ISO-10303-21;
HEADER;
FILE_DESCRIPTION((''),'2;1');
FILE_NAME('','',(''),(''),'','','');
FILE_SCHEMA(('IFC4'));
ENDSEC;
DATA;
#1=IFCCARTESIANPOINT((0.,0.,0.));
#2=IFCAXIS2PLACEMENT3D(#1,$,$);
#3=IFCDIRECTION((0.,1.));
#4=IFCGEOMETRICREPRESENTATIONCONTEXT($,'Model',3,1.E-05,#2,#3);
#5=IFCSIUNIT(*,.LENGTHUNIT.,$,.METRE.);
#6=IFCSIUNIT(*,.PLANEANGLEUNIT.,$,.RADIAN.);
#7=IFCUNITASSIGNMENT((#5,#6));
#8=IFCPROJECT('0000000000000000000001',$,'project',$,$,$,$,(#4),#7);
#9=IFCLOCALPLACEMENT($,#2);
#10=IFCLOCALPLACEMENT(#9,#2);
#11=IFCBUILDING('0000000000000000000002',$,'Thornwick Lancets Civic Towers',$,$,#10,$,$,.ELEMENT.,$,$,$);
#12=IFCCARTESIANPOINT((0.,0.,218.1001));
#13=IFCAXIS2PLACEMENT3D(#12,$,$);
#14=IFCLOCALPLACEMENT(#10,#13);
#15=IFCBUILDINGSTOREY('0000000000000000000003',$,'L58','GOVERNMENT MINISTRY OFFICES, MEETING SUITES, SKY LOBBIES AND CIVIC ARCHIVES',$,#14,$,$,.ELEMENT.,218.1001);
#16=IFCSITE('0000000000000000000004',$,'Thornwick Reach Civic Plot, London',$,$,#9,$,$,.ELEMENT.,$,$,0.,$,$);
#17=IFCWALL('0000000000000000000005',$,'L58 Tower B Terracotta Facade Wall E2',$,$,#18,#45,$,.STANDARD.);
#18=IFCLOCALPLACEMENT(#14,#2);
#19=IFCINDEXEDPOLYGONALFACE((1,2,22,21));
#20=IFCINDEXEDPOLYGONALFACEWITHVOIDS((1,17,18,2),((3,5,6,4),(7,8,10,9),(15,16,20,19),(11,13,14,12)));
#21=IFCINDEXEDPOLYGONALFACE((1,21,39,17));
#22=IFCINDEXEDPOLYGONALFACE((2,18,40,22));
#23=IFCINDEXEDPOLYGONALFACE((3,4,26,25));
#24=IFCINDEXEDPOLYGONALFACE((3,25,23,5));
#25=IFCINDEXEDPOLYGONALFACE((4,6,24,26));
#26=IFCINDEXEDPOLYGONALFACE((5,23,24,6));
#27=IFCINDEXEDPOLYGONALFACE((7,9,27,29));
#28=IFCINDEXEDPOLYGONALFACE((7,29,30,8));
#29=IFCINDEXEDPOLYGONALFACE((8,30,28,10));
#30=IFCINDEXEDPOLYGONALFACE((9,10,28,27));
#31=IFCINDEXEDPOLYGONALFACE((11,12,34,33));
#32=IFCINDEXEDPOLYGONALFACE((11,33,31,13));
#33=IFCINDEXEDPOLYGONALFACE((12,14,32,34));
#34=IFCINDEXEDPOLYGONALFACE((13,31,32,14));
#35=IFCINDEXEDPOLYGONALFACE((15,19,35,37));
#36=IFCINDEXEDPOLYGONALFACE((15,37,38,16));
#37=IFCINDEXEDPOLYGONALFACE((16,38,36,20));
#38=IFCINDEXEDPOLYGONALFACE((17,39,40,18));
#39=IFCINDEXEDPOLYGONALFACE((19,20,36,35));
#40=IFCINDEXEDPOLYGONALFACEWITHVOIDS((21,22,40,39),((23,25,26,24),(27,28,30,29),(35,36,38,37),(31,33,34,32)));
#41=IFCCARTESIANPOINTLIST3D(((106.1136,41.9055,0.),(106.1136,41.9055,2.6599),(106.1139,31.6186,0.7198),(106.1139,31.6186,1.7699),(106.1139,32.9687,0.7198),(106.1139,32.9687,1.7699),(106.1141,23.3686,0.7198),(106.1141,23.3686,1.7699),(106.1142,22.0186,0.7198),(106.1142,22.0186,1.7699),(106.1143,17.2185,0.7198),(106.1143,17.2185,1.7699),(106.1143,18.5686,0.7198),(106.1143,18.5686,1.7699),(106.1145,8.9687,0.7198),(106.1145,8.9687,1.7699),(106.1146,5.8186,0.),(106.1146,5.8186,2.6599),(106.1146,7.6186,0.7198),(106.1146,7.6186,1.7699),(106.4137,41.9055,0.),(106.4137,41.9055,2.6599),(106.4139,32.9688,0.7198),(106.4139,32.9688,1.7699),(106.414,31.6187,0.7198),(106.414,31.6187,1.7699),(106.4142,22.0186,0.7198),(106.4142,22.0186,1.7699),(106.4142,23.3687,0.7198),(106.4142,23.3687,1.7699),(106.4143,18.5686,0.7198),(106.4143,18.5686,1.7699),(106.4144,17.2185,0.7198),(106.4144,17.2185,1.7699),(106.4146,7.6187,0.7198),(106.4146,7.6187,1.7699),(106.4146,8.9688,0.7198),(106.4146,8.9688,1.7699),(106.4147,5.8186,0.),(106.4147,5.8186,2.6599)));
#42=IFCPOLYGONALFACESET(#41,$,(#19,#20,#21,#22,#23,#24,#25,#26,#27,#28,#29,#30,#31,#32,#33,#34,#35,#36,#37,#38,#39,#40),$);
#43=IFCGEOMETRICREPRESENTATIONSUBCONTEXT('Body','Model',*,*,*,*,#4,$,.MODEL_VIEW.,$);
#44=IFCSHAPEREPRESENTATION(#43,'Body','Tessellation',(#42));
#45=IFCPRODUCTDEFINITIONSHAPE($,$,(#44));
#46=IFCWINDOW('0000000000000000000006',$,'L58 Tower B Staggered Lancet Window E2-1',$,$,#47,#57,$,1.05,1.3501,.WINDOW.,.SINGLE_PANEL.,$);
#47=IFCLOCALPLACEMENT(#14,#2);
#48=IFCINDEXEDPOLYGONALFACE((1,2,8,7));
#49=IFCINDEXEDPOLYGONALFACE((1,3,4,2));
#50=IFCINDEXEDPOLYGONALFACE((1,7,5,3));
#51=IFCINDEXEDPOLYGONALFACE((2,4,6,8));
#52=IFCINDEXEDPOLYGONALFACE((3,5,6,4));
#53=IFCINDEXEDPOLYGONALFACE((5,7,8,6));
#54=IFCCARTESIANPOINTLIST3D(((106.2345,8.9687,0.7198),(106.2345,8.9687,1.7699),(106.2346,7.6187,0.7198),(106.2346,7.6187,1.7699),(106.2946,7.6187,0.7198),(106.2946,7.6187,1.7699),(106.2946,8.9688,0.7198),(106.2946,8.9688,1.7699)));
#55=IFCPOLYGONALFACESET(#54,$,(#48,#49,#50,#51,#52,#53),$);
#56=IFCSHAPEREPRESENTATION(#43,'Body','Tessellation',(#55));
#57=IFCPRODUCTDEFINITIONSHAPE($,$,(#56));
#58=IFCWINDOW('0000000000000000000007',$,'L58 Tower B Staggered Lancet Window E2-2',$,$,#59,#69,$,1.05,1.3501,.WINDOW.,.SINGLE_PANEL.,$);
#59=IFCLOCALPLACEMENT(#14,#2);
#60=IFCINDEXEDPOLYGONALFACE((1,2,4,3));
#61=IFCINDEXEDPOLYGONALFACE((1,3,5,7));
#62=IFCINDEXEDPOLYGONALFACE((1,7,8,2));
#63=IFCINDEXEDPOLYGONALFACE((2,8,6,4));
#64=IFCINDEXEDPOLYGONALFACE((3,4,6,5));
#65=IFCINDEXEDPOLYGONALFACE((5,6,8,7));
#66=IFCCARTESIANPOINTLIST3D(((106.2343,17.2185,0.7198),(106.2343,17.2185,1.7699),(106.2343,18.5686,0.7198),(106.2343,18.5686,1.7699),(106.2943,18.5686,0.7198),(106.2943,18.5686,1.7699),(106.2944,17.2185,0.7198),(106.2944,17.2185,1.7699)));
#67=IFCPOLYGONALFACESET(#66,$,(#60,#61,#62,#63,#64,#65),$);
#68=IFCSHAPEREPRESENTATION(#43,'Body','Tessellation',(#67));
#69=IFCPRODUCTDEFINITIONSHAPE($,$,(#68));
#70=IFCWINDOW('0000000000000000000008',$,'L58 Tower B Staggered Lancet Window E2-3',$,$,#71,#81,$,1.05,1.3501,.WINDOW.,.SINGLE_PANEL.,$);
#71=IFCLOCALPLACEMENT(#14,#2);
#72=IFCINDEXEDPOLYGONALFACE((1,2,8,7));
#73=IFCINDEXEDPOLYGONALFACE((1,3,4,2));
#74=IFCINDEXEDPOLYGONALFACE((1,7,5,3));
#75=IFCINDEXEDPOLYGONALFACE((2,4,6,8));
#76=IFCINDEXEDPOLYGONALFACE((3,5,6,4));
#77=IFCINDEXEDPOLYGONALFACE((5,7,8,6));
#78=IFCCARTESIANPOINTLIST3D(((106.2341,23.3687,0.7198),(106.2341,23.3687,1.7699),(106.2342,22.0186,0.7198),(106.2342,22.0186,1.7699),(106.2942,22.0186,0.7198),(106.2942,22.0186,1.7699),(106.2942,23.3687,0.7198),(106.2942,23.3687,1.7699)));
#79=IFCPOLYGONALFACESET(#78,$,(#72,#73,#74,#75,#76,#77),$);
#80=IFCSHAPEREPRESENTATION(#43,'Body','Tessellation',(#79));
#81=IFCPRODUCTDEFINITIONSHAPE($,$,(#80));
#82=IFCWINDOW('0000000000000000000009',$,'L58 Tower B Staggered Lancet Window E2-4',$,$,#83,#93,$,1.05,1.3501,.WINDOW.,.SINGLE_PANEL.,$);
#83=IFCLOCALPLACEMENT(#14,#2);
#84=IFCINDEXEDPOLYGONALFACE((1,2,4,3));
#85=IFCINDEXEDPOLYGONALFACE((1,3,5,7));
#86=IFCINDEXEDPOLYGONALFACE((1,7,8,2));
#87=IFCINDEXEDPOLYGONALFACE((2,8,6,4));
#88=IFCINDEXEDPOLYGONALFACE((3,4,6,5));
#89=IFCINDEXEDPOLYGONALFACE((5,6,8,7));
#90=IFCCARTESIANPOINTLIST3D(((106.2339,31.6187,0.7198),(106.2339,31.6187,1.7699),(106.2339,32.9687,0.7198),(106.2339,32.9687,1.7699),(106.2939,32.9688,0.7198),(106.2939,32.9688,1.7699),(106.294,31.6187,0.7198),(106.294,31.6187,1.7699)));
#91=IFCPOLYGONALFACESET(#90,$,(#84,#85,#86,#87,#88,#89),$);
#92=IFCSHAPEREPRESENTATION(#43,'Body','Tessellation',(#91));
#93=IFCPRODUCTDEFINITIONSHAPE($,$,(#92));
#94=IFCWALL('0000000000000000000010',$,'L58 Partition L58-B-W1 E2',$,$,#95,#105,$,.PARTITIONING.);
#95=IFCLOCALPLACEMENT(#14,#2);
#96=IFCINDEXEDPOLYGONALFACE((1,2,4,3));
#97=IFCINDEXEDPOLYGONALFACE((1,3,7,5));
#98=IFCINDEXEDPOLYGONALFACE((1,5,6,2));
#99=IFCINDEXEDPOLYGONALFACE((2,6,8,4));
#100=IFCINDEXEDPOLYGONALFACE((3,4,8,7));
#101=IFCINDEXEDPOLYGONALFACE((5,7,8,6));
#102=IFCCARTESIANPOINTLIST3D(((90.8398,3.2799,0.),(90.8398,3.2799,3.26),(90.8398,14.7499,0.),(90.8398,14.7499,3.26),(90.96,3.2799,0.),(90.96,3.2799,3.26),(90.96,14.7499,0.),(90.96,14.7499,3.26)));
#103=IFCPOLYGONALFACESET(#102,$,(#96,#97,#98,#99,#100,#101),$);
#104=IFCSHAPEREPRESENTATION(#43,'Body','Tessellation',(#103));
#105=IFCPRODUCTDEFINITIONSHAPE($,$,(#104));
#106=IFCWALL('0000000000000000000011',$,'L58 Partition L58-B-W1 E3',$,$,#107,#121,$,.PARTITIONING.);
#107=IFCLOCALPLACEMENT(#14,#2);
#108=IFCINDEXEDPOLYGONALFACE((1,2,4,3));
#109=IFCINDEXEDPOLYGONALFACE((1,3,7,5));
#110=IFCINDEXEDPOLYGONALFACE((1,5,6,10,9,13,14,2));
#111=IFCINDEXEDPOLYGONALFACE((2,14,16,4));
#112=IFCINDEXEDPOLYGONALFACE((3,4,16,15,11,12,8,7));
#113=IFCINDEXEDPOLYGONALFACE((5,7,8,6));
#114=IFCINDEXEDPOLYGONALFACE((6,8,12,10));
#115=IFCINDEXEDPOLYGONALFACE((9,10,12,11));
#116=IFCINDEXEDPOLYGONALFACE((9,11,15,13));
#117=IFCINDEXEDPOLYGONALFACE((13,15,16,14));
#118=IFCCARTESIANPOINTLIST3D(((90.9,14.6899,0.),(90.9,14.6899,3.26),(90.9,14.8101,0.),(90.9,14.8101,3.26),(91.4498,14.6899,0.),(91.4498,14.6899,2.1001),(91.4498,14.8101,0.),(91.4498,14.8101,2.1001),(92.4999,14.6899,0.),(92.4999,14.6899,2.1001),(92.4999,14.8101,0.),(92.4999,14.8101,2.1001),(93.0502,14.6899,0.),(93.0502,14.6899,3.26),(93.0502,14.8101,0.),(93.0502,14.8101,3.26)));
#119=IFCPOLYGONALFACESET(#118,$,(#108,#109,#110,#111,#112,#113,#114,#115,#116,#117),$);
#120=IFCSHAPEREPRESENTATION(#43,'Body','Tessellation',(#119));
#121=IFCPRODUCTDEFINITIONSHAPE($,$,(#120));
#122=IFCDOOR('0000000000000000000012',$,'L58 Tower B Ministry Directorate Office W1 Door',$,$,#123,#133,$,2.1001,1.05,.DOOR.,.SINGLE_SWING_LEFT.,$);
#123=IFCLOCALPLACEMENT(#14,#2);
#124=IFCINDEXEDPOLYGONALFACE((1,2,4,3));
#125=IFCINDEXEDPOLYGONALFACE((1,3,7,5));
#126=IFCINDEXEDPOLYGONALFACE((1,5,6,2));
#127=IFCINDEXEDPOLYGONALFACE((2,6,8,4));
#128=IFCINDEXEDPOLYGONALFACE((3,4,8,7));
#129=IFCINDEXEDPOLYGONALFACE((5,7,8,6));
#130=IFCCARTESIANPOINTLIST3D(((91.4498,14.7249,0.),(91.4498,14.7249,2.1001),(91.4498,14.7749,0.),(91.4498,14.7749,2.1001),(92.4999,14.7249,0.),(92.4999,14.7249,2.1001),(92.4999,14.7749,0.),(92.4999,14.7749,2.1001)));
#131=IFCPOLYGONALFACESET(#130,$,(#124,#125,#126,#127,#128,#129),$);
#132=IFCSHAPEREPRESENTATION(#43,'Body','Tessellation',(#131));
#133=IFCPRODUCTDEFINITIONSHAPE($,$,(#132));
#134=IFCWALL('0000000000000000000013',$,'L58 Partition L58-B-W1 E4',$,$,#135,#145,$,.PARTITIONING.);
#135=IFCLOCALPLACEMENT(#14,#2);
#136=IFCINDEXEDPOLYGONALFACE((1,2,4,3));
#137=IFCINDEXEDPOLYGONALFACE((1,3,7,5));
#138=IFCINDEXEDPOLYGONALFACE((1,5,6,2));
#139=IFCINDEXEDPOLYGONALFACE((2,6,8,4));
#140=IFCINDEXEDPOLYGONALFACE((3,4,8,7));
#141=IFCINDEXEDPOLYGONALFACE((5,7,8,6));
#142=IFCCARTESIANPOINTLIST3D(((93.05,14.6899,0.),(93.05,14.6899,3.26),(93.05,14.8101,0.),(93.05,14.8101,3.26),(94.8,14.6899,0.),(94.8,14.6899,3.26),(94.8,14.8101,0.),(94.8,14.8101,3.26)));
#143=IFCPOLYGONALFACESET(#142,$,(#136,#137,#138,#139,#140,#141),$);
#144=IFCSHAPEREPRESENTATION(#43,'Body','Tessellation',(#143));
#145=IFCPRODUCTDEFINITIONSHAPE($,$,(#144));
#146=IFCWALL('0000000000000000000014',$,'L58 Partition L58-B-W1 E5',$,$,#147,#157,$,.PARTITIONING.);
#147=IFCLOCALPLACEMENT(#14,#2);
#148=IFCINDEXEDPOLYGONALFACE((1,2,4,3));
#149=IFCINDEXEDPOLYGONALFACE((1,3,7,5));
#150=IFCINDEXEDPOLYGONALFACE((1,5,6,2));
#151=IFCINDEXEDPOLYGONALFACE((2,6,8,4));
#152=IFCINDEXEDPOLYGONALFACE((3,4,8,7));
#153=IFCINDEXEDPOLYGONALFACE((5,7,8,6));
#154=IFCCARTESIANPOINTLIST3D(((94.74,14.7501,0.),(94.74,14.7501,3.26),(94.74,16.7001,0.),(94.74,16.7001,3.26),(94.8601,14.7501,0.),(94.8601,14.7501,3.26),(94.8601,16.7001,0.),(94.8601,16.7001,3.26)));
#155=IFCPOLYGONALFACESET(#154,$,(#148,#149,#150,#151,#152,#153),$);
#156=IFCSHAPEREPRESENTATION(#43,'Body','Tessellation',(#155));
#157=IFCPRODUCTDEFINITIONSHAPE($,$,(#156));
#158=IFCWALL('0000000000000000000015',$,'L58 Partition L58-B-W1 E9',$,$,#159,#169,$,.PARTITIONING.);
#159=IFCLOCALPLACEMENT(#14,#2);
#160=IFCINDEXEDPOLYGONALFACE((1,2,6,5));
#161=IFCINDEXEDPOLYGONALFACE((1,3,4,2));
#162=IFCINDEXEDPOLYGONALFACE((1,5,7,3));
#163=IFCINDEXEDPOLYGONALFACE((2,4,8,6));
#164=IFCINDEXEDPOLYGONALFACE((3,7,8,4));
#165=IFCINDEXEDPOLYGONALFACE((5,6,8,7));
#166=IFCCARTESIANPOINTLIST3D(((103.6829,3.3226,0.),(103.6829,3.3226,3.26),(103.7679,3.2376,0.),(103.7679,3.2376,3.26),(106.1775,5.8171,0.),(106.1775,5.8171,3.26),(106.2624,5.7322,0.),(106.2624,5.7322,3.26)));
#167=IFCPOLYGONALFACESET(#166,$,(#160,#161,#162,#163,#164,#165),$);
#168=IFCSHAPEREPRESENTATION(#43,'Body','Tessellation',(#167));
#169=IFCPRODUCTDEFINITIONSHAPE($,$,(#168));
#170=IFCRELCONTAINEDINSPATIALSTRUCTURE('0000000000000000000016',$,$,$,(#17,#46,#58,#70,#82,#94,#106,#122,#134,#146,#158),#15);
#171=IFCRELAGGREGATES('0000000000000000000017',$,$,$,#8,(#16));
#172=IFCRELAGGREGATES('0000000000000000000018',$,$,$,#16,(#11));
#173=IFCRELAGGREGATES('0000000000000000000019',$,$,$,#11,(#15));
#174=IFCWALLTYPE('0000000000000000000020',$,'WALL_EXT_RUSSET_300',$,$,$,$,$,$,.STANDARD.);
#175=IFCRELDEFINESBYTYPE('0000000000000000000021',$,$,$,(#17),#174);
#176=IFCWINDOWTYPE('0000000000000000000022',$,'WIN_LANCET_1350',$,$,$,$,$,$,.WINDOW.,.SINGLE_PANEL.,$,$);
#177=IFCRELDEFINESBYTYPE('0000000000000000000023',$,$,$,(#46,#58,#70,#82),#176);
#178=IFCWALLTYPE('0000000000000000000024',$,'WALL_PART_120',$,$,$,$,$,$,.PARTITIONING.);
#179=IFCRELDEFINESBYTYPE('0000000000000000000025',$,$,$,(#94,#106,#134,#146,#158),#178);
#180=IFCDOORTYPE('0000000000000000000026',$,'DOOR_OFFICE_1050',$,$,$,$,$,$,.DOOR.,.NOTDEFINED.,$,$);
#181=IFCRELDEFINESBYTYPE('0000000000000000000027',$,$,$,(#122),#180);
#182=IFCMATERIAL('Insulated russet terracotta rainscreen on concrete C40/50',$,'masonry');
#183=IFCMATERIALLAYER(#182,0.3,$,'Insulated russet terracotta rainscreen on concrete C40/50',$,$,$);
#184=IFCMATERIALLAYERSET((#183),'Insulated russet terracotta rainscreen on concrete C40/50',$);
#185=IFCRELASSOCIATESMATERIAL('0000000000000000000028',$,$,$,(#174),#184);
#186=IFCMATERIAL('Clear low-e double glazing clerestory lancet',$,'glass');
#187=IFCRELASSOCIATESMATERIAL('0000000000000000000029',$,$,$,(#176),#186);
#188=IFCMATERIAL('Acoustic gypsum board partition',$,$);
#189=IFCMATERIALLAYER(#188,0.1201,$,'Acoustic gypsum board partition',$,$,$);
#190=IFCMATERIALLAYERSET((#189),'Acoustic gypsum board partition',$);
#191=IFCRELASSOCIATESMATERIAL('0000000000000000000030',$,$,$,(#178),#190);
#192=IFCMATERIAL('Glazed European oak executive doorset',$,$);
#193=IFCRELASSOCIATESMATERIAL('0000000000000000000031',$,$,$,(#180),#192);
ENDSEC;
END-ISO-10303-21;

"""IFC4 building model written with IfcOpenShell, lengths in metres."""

from ifc_helpers import new_model, si_unit, direction, frame, frame_2d, origin, place, context, subcontext, project, spatial, rectangle, extrude, material, layer, layer_set, type_object, element, fill, save


model = new_model("IFC4")

# Units and contexts
model_context = context("Model", 3, precision=1e-05, world=origin(), true_north=direction((0.0, 1.0)))
body_context = subcontext(model_context, "Body", "Model", "MODEL_VIEW")
ifc_project = project(units=[si_unit("LENGTHUNIT", "METRE"), si_unit("PLANEANGLEUNIT", "RADIAN")], contexts=[model_context])

# Site, building, storey
site_placement = place(None, origin())
site = spatial("IfcSite", under=ifc_project, at=site_placement, Name="Thornwick Reach Civic Plot, London", CompositionType="ELEMENT", RefElevation=0.0)
building_placement = place(site_placement, origin())
building = spatial("IfcBuilding", under=site, at=building_placement, Name="Thornwick Lancets Civic Towers", CompositionType="ELEMENT")
storey_placement = place(building_placement, frame((0.0, 0.0, 218.1001)))
storey = spatial("IfcBuildingStorey", under=building, at=storey_placement, Name="L58", Description="GOVERNMENT MINISTRY OFFICES, MEETING SUITES, SKY LOBBIES AND CIVIC ARCHIVES", CompositionType="ELEMENT", Elevation=218.1001)

# Wall, openings, windows
ifc_material_1 = material(Name="Insulated russet terracotta rainscreen on concrete C40/50", Category="masonry")
ifc_layer_1 = layer(ifc_material_1, 0.3, Name="Insulated russet terracotta rainscreen on concrete C40/50")
ifc_layer_set_1 = layer_set([ifc_layer_1], Name="Insulated russet terracotta rainscreen on concrete C40/50")
wall_type_1 = type_object("IfcWallType", Name="WALL_EXT_RUSSET_300", PredefinedType="STANDARD", material=ifc_layer_set_1)
wall_1_placement = place(storey_placement, frame((106.2646, 5.8186, 0.0), z_axis=(0.0, 0.0, 1.0), x_axis=(-0.000027, 1.0, 0.0)))
wall_1 = element("IfcWall", 1, at=wall_1_placement, inside=storey, type_object=wall_type_1, Name="L58 Tower B Terracotta Facade Wall E2", PredefinedType="STANDARD", context=body_context, shape_type="SweptSolid", body=[
    extrude(rectangle(XDim=36.0869, YDim=0.3, at=frame_2d((18.0435, 0.0))), origin(), (0.0, 0.0, 1.0), 2.6599),
])
opening_1_placement = place(wall_1_placement, frame((1.8, 0.0, 0.72)))
opening_1 = element("IfcOpeningElement", 2, at=opening_1_placement, cuts=wall_1, PredefinedType="OPENING", context=body_context, shape_type="SweptSolid", body=[
    extrude(rectangle(XDim=1.3501, YDim=1.05, at=frame_2d((0.675, 0.5249))), frame((0.0, 0.1602, 0.0), z_axis=(0.0, -1.0, 0.0), x_axis=(1.0, 0.0, 0.0)), (0.0, 0.0, 1.0), 0.3201),
])
opening_2_placement = place(wall_1_placement, frame((11.3999, 0.0, 0.72)))
opening_2 = element("IfcOpeningElement", 3, at=opening_2_placement, cuts=wall_1, PredefinedType="OPENING", context=body_context, shape_type="SweptSolid", body=[
    extrude(rectangle(XDim=1.3501, YDim=1.05, at=frame_2d((0.675, 0.5249))), frame((0.0, 0.1602, 0.0), z_axis=(0.0, -1.0, 0.0), x_axis=(1.0, 0.0, 0.0)), (0.0, 0.0, 1.0), 0.3201),
])
opening_3_placement = place(wall_1_placement, frame((16.2, 0.0, 0.72)))
opening_3 = element("IfcOpeningElement", 4, at=opening_3_placement, cuts=wall_1, PredefinedType="OPENING", context=body_context, shape_type="SweptSolid", body=[
    extrude(rectangle(XDim=1.3501, YDim=1.05, at=frame_2d((0.675, 0.5249))), frame((0.0, 0.1602, 0.0), z_axis=(0.0, -1.0, 0.0), x_axis=(1.0, 0.0, 0.0)), (0.0, 0.0, 1.0), 0.3201),
])
opening_4_placement = place(wall_1_placement, frame((25.8, 0.0, 0.72)))
opening_4 = element("IfcOpeningElement", 5, at=opening_4_placement, cuts=wall_1, PredefinedType="OPENING", context=body_context, shape_type="SweptSolid", body=[
    extrude(rectangle(XDim=1.3501, YDim=1.05, at=frame_2d((0.675, 0.5249))), frame((0.0, 0.1602, 0.0), z_axis=(0.0, -1.0, 0.0), x_axis=(1.0, 0.0, 0.0)), (0.0, 0.0, 1.0), 0.3201),
])
ifc_material_2 = material(Name="Clear low-e double glazing clerestory lancet", Category="glass")
window_type = type_object("IfcWindowType", Name="WIN_LANCET_1350", PartitioningType="SINGLE_PANEL", PredefinedType="WINDOW", material=ifc_material_2)
window_1_placement = place(opening_1_placement, origin())
window_1 = element("IfcWindow", 6, at=window_1_placement, inside=storey, type_object=window_type, Name="L58 Tower B Staggered Lancet Window E2-1", OverallHeight=1.05, OverallWidth=1.3501, PartitioningType="SINGLE_PANEL", PredefinedType="WINDOW", context=body_context, shape_type="SweptSolid", body=[
    extrude(rectangle(XDim=1.3501, YDim=1.05, at=frame_2d((0.675, 0.5249))), frame((0.0, 0.03, 0.0), z_axis=(0.0, -1.0, 0.0), x_axis=(1.0, 0.0, 0.0)), (0.0, 0.0, 1.0), 0.0601),
])
fill(opening_1, window_1)
window_2_placement = place(opening_2_placement, origin())
window_2 = element("IfcWindow", 7, at=window_2_placement, inside=storey, type_object=window_type, Name="L58 Tower B Staggered Lancet Window E2-2", OverallHeight=1.05, OverallWidth=1.3501, PartitioningType="SINGLE_PANEL", PredefinedType="WINDOW", context=body_context, shape_type="SweptSolid", body=[
    extrude(rectangle(XDim=1.3501, YDim=1.05, at=frame_2d((0.675, 0.5249))), frame((0.0, 0.03, 0.0), z_axis=(0.0, -1.0, 0.0), x_axis=(1.0, 0.0, 0.0)), (0.0, 0.0, 1.0), 0.0601),
])
fill(opening_2, window_2)
window_3_placement = place(opening_3_placement, origin())
window_3 = element("IfcWindow", 8, at=window_3_placement, inside=storey, type_object=window_type, Name="L58 Tower B Staggered Lancet Window E2-3", OverallHeight=1.05, OverallWidth=1.3501, PartitioningType="SINGLE_PANEL", PredefinedType="WINDOW", context=body_context, shape_type="SweptSolid", body=[
    extrude(rectangle(XDim=1.3501, YDim=1.05, at=frame_2d((0.675, 0.5249))), frame((0.0, 0.03, 0.0), z_axis=(0.0, -1.0, 0.0), x_axis=(1.0, 0.0, 0.0)), (0.0, 0.0, 1.0), 0.0601),
])
fill(opening_3, window_3)
window_4_placement = place(opening_4_placement, origin())
window_4 = element("IfcWindow", 9, at=window_4_placement, inside=storey, type_object=window_type, Name="L58 Tower B Staggered Lancet Window E2-4", OverallHeight=1.05, OverallWidth=1.3501, PartitioningType="SINGLE_PANEL", PredefinedType="WINDOW", context=body_context, shape_type="SweptSolid", body=[
    extrude(rectangle(XDim=1.3501, YDim=1.05, at=frame_2d((0.675, 0.5249))), frame((0.0, 0.03, 0.0), z_axis=(0.0, -1.0, 0.0), x_axis=(1.0, 0.0, 0.0)), (0.0, 0.0, 1.0), 0.0601),
])
fill(opening_4, window_4)

# Wall
ifc_material_3 = material(Name="Acoustic gypsum board partition")
ifc_layer_2 = layer(ifc_material_3, 0.1201, Name="Acoustic gypsum board partition")
ifc_layer_set_2 = layer_set([ifc_layer_2], Name="Acoustic gypsum board partition")
wall_type_2 = type_object("IfcWallType", Name="WALL_PART_120", PredefinedType="PARTITIONING", material=ifc_layer_set_2)
wall_2_placement = place(storey_placement, frame((90.8999, 3.28, 0.0), z_axis=(0.0, 0.0, 1.0), x_axis=(0.0, 1.0, 0.0)))
element("IfcWall", 10, at=wall_2_placement, inside=storey, type_object=wall_type_2, Name="L58 Partition L58-B-W1 E2", PredefinedType="PARTITIONING", context=body_context, shape_type="SweptSolid", body=[
    extrude(rectangle(XDim=11.47, YDim=0.1201, at=frame_2d((5.7349, 0.0))), origin(), (0.0, 0.0, 1.0), 3.26),
])

# Wall, opening, door
wall_3_placement = place(storey_placement, frame((90.8999, 14.75, 0.0), z_axis=(0.0, 0.0, 1.0), x_axis=(1.0, 0.0, 0.0)))
wall_3 = element("IfcWall", 11, at=wall_3_placement, inside=storey, type_object=wall_type_2, Name="L58 Partition L58-B-W1 E3", PredefinedType="PARTITIONING", context=body_context, shape_type="SweptSolid", body=[
    extrude(rectangle(XDim=2.1501, YDim=0.1201, at=frame_2d((1.0752, 0.0))), origin(), (0.0, 0.0, 1.0), 3.26),
])
opening_5_placement = place(wall_3_placement, frame((0.55, 0.0, 0.0)))
opening_5 = element("IfcOpeningElement", 12, at=opening_5_placement, cuts=wall_3, PredefinedType="OPENING", context=body_context, shape_type="SweptSolid", body=[
    extrude(rectangle(XDim=1.05, YDim=2.1001, at=frame_2d((0.5249, 1.05))), frame((0.0, 0.0701, 0.0), z_axis=(0.0, -1.0, 0.0), x_axis=(1.0, 0.0, 0.0)), (0.0, 0.0, 1.0), 0.1401),
])
ifc_material_4 = material(Name="Glazed European oak executive doorset")
door_type_1 = type_object("IfcDoorType", Name="DOOR_OFFICE_1050", OperationType="NOTDEFINED", PredefinedType="DOOR", material=ifc_material_4)
door_1_placement = place(opening_5_placement, origin())
door_1 = element("IfcDoor", 13, at=door_1_placement, inside=storey, type_object=door_type_1, Name="L58 Tower B Ministry Directorate Office W1 Door", OperationType="SINGLE_SWING_LEFT", OverallHeight=2.1001, OverallWidth=1.05, PredefinedType="DOOR", context=body_context, shape_type="SweptSolid", body=[
    extrude(rectangle(XDim=1.05, YDim=2.1001, at=frame_2d((0.5249, 1.05))), frame((0.0, 0.0249, 0.0), z_axis=(0.0, -1.0, 0.0), x_axis=(1.0, 0.0, 0.0)), (0.0, 0.0, 1.0), 0.05),
])
fill(opening_5, door_1)

# Walls
wall_4_placement = place(storey_placement, frame((93.05, 14.75, 0.0), z_axis=(0.0, 0.0, 1.0), x_axis=(1.0, 0.0, 0.0)))
element("IfcWall", 14, at=wall_4_placement, inside=storey, type_object=wall_type_2, Name="L58 Partition L58-B-W1 E4", PredefinedType="PARTITIONING", context=body_context, shape_type="SweptSolid", body=[
    extrude(rectangle(XDim=1.75, YDim=0.1201, at=frame_2d((0.875, 0.0))), origin(), (0.0, 0.0, 1.0), 3.26),
])
wall_5_placement = place(storey_placement, frame((94.8, 14.75, 0.0), z_axis=(0.0, 0.0, 1.0), x_axis=(0.0, 1.0, 0.0)))
element("IfcWall", 15, at=wall_5_placement, inside=storey, type_object=wall_type_2, Name="L58 Partition L58-B-W1 E5", PredefinedType="PARTITIONING", context=body_context, shape_type="SweptSolid", body=[
    extrude(rectangle(XDim=1.95, YDim=0.1201, at=frame_2d((0.9751, 0.0))), origin(), (0.0, 0.0, 1.0), 3.26),
])
wall_6_placement = place(storey_placement, frame((106.22, 5.7747, 0.0), z_axis=(0.0, 0.0, 1.0), x_axis=(-0.707107, -0.707107, 0.0)))
element("IfcWall", 16, at=wall_6_placement, inside=storey, type_object=wall_type_2, Name="L58 Partition L58-B-W1 E9", PredefinedType="PARTITIONING", context=body_context, shape_type="SweptSolid", body=[
    extrude(rectangle(XDim=3.5278, YDim=0.1201, at=frame_2d((1.7639, 0.0))), origin(), (0.0, 0.0, 1.0), 3.26),
])

save(model, "model.ifc")
